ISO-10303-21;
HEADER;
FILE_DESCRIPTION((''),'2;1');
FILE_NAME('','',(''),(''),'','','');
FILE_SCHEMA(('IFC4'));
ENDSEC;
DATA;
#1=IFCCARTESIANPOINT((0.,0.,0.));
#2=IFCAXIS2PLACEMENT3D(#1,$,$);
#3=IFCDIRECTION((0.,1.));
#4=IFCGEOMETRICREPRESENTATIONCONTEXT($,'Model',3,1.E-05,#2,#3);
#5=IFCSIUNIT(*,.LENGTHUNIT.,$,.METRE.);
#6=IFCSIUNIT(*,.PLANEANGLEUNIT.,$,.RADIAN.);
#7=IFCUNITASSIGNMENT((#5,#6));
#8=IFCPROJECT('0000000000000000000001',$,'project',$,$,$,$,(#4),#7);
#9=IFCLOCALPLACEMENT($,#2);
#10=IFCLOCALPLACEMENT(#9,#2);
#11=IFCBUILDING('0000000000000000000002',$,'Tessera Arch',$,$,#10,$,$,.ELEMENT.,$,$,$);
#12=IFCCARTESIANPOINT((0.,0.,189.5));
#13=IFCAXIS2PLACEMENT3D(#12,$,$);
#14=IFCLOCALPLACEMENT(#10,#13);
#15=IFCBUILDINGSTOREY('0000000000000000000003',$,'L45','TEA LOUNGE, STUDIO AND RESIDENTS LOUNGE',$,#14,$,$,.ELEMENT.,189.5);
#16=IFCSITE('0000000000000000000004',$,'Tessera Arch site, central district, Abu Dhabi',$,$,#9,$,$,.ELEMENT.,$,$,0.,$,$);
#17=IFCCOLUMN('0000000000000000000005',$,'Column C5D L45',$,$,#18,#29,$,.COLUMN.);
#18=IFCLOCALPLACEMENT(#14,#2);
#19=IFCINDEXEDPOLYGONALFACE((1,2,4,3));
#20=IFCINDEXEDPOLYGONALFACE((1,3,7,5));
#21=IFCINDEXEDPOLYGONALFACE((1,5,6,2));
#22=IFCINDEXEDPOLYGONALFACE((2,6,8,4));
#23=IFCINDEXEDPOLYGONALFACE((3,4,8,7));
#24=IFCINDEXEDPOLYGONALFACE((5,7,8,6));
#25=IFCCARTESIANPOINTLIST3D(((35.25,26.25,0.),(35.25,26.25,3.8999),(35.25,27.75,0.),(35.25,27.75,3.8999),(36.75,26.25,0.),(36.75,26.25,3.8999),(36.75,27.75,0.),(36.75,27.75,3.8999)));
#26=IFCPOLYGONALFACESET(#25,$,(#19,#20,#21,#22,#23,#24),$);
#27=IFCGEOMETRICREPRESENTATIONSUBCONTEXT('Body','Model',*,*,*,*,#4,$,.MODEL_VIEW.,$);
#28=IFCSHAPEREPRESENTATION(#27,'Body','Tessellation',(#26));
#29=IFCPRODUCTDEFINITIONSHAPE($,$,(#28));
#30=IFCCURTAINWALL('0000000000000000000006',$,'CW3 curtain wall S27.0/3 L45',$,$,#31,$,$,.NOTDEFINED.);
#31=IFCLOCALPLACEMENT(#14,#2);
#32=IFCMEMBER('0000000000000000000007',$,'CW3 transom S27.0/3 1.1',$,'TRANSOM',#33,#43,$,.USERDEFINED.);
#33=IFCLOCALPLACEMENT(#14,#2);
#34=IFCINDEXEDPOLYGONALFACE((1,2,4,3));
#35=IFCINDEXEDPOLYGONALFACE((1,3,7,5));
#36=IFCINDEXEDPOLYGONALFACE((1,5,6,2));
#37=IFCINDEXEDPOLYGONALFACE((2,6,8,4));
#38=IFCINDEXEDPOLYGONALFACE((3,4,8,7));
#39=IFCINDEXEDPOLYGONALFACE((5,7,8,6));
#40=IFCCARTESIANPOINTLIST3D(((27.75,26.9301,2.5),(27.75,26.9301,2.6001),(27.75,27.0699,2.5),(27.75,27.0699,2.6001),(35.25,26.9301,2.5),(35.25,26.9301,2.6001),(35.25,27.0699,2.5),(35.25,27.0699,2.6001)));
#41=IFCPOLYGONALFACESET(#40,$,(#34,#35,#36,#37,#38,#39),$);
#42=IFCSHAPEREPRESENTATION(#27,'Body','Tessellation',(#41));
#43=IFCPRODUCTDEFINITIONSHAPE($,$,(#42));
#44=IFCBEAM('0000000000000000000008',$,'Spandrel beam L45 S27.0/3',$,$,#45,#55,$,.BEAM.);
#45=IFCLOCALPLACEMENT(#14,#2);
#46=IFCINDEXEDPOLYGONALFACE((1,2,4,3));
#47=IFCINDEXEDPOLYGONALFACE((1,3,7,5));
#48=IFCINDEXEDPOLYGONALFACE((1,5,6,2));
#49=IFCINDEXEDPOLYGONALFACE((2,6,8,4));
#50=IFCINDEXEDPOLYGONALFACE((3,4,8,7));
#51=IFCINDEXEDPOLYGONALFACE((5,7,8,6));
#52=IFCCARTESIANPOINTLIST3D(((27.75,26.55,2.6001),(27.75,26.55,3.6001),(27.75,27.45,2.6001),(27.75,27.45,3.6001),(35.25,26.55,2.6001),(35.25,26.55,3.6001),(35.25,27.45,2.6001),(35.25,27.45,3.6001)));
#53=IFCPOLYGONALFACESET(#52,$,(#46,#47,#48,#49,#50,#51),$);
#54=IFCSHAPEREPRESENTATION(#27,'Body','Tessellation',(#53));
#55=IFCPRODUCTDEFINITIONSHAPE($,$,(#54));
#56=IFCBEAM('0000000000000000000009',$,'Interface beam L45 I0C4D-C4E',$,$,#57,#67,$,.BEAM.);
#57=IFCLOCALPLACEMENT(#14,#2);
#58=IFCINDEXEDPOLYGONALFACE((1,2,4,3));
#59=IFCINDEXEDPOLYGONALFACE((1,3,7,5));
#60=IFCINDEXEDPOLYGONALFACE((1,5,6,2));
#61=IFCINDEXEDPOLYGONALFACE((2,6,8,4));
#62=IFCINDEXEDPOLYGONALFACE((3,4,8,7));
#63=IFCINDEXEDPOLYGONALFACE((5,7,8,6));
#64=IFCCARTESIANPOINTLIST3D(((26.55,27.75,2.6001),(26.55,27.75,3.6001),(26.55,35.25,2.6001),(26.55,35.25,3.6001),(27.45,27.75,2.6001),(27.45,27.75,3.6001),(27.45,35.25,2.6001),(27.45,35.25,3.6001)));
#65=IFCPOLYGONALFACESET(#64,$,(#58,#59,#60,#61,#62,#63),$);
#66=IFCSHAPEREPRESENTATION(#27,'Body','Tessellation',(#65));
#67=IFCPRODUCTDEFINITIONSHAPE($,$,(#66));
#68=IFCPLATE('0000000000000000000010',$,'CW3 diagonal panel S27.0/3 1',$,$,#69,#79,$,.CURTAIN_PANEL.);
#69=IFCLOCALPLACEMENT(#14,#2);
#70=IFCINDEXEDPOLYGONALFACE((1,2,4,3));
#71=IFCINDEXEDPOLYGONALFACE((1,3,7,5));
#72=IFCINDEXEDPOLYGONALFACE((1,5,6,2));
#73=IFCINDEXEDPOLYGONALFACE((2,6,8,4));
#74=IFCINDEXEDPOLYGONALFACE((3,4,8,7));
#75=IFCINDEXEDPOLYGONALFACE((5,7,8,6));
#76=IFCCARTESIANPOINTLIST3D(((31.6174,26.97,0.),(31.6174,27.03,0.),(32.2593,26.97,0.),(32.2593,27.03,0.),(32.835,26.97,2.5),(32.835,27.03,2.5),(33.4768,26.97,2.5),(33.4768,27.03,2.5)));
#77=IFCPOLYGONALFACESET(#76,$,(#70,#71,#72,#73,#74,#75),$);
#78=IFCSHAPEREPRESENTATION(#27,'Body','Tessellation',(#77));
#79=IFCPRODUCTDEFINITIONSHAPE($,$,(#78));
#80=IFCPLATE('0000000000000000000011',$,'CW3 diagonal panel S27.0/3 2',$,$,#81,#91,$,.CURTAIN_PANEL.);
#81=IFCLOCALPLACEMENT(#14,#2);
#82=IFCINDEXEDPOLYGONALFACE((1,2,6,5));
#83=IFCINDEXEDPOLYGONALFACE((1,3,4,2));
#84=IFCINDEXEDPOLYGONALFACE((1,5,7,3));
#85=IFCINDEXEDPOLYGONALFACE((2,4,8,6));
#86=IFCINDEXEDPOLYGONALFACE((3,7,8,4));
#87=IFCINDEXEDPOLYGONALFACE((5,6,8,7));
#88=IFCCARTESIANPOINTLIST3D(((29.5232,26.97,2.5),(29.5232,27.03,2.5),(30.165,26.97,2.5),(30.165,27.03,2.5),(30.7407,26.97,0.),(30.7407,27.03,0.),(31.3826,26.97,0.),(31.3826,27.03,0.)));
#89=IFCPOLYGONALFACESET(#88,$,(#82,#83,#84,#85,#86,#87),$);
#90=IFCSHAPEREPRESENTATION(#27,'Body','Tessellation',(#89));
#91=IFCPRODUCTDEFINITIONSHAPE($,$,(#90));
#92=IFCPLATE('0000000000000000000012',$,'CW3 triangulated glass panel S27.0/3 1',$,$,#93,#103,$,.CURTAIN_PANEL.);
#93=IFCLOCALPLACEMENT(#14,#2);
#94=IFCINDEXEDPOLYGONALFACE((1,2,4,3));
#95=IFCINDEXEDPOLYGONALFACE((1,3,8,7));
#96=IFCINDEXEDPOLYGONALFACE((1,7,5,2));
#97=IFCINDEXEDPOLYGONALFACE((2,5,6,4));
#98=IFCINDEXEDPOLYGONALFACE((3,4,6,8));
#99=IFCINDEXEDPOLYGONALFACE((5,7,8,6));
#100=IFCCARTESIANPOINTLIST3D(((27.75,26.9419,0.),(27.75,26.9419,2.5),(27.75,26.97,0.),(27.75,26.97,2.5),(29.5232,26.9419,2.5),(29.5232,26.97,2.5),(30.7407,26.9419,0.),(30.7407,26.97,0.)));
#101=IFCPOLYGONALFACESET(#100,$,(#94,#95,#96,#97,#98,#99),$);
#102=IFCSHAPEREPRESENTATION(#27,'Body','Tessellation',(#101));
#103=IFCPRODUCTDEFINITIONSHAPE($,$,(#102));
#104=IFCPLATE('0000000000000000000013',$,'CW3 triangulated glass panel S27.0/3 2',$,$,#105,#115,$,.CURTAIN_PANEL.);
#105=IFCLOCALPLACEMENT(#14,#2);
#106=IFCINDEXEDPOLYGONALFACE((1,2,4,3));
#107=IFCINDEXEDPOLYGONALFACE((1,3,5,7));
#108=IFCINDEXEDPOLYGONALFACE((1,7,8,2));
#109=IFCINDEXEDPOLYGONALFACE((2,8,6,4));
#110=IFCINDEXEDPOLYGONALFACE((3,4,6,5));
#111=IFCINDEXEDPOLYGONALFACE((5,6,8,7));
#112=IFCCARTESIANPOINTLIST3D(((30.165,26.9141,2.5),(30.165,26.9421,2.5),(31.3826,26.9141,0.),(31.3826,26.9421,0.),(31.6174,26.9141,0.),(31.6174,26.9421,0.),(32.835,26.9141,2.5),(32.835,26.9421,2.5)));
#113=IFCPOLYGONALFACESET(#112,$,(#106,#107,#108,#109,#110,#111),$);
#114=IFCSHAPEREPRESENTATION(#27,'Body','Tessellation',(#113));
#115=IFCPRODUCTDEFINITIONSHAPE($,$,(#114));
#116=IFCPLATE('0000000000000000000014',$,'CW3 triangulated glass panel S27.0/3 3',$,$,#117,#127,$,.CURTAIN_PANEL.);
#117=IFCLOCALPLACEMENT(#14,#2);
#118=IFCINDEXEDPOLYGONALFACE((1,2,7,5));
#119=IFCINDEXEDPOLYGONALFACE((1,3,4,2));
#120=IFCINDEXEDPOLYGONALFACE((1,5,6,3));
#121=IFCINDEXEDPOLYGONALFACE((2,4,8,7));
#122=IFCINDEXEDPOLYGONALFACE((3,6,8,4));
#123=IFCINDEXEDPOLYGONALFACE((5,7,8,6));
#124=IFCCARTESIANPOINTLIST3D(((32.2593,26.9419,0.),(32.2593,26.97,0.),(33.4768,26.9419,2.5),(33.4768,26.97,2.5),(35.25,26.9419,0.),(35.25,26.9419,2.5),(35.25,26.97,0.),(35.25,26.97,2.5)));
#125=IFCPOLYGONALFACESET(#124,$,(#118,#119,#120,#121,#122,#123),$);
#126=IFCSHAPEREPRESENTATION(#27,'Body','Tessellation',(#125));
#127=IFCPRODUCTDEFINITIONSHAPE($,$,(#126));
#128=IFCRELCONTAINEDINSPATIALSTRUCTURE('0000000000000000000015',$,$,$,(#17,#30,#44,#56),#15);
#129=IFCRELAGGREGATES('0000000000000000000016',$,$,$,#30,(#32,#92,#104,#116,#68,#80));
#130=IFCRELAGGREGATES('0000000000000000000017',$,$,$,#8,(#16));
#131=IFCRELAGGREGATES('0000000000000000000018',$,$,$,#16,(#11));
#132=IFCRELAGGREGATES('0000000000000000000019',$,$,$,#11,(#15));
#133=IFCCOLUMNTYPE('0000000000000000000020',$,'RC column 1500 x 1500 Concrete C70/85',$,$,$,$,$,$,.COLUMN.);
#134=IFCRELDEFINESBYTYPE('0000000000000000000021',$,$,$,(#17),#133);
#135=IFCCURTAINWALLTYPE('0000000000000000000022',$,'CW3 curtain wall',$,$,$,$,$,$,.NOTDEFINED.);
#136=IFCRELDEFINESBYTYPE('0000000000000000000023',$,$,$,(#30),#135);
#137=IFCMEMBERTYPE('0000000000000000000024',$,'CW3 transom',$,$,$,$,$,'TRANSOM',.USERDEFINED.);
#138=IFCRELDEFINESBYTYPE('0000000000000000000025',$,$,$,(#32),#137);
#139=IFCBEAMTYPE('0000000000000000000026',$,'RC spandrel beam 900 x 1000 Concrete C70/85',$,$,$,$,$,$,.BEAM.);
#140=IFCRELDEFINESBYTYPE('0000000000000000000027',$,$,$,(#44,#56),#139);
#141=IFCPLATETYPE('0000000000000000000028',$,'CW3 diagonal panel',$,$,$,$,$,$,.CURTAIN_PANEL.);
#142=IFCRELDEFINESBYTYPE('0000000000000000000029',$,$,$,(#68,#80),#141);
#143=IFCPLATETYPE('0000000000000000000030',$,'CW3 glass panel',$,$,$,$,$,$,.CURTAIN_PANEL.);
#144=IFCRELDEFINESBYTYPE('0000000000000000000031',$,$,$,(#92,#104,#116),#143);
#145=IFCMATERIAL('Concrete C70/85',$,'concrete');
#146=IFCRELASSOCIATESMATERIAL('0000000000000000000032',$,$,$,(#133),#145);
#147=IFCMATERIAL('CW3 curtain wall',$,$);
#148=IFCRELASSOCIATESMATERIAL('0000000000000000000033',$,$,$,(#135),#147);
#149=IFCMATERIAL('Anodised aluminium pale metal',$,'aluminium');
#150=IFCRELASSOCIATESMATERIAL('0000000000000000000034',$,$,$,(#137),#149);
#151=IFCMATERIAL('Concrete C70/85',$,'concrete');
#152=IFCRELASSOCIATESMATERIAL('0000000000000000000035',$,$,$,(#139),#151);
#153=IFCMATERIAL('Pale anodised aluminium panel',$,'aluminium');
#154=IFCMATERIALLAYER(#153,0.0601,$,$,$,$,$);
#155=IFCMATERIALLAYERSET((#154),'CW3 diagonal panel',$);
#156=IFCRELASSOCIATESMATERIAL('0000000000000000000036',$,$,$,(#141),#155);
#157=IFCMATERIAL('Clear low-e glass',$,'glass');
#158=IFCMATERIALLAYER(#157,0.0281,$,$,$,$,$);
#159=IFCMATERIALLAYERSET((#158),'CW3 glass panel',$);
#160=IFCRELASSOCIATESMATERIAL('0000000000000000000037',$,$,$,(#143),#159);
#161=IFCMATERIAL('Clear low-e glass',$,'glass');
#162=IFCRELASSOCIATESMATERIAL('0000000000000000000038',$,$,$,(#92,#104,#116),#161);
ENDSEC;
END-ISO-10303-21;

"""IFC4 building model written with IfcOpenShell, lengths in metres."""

from ifc_helpers import new_model, si_unit, direction, frame, origin, origin_2d, place, context, subcontext, project, spatial, polyline, rectangle, outline, extrude, material, layer, layer_set, material_profile, profile_set, type_object, element, aggregate, save


model = new_model("IFC4")

# Units and contexts
model_context = context("Model", 3, precision=1e-05, world=origin(), true_north=direction((0.0, 1.0)))
body_context = subcontext(model_context, "Body", "Model", "MODEL_VIEW")
ifc_project = project(units=[si_unit("LENGTHUNIT", "METRE"), si_unit("PLANEANGLEUNIT", "RADIAN")], contexts=[model_context])

# Site, building, storey
site_placement = place(None, origin())
site = spatial("IfcSite", under=ifc_project, at=site_placement, Name="Tessera Arch site, central district, Abu Dhabi", CompositionType="ELEMENT", RefElevation=0.0)
building_placement = place(site_placement, origin())
building = spatial("IfcBuilding", under=site, at=building_placement, Name="Tessera Arch", CompositionType="ELEMENT")
storey_placement = place(building_placement, frame((0.0, 0.0, 189.5)))
storey = spatial("IfcBuildingStorey", under=building, at=storey_placement, Name="L45", Description="TEA LOUNGE, STUDIO AND RESIDENTS LOUNGE", CompositionType="ELEMENT", Elevation=189.5)

# Column
ifc_material_1 = material(Name="Concrete C70/85", Category="concrete")
ifc_material_profile_1 = material_profile(ifc_material_1, rectangle(XDim=1.5, YDim=1.5, at=origin_2d()), Name="RC column 1500 x 1500 Concrete C70/85")
ifc_profile_set_1 = profile_set([ifc_material_profile_1], Name="Concrete C70/85")
column_type = type_object("IfcColumnType", Name="RC column 1500 x 1500 Concrete C70/85", PredefinedType="COLUMN", material=ifc_profile_set_1)
column_placement = place(storey_placement, frame((36.0, 27.0, 0.0), z_axis=(0.0, 0.0, 1.0), x_axis=(1.0, 0.0, 0.0)))
element("IfcColumn", 1, at=column_placement, inside=storey, type_object=column_type, Name="Column C5D L45", PredefinedType="COLUMN", context=body_context, shape_type="SweptSolid", body=[
    extrude(rectangle(XDim=1.5, YDim=1.5, at=origin_2d()), origin(), (0.0, 0.0, 1.0), 3.8999),
])

# Curtain wall, member
ifc_material_2 = material(Name="CW3 curtain wall")
curtain_wall_type = type_object("IfcCurtainWallType", Name="CW3 curtain wall", PredefinedType="NOTDEFINED", material=ifc_material_2)
curtain_wall_placement = place(storey_placement, origin())
curtain_wall = element("IfcCurtainWall", 2, at=curtain_wall_placement, inside=storey, type_object=curtain_wall_type, Name="CW3 curtain wall S27.0/3 L45", PredefinedType="NOTDEFINED")
ifc_material_3 = material(Name="Anodised aluminium pale metal", Category="aluminium")
ifc_material_profile_2 = material_profile(ifc_material_3, rectangle(XDim=0.1399, YDim=0.1001, at=origin_2d()), Name="AL 140x100")
ifc_profile_set_2 = profile_set([ifc_material_profile_2], Name="Anodised aluminium pale metal")
member_type = type_object("IfcMemberType", Name="CW3 transom", ElementType="TRANSOM", PredefinedType="USERDEFINED", material=ifc_profile_set_2)
member_placement = place(storey_placement, frame((27.75, 27.0, 2.55), z_axis=(1.0, 0.0, 0.0), x_axis=(0.0, 1.0, 0.0)))
member = element("IfcMember", 3, at=member_placement, type_object=member_type, Name="CW3 transom S27.0/3 1.1", ObjectType="TRANSOM", PredefinedType="USERDEFINED", context=body_context, shape_type="SweptSolid", body=[
    extrude(rectangle(XDim=0.1399, YDim=0.1001, at=origin_2d()), origin(), (0.0, 0.0, 1.0), 7.5),
])

# Beams
ifc_material_4 = material(Name="Concrete C70/85", Category="concrete")
ifc_material_profile_3 = material_profile(ifc_material_4, rectangle(XDim=0.8999, YDim=1.0, at=origin_2d()), Name="RC spandrel beam 900 x 1000 Concrete C70/85")
ifc_profile_set_3 = profile_set([ifc_material_profile_3], Name="Concrete C70/85")
beam_type = type_object("IfcBeamType", Name="RC spandrel beam 900 x 1000 Concrete C70/85", PredefinedType="BEAM", material=ifc_profile_set_3)
for number, where, z_axis, x_axis, name in (
    (4, (27.75, 27.0, 3.1001), (1.0, 0.0, 0.0), (0.0, 1.0, 0.0), "Spandrel beam L45 S27.0/3"),
    (5, (27.0, 27.75, 3.1001), (0.0, 1.0, 0.0), (-1.0, 0.0, 0.0), "Interface beam L45 I0C4D-C4E"),
):
    element("IfcBeam", number, at=place(storey_placement, frame(where, z_axis=z_axis, x_axis=x_axis)), inside=storey, type_object=beam_type, Name=name, PredefinedType="BEAM", context=body_context, shape_type="SweptSolid", body=[
        extrude(rectangle(XDim=0.8999, YDim=1.0, at=origin_2d()), origin(), (0.0, 0.0, 1.0), 7.5),
    ])

# Plates
ifc_material_5 = material(Name="Pale anodised aluminium panel", Category="aluminium")
ifc_layer_1 = layer(ifc_material_5, 0.0601)
ifc_layer_set_1 = layer_set([ifc_layer_1], Name="CW3 diagonal panel")
plate_type_1 = type_object("IfcPlateType", Name="CW3 diagonal panel", PredefinedType="CURTAIN_PANEL", material=ifc_layer_set_1)
plate_1_placement = place(storey_placement, frame((33.4768, 26.97, 2.5), z_axis=(0.0, -1.0, 0.0), x_axis=(-1.0, 0.0, 0.0)))
plate_1 = element("IfcPlate", 6, at=plate_1_placement, type_object=plate_type_1, Name="CW3 diagonal panel S27.0/3 1", PredefinedType="CURTAIN_PANEL", context=body_context, shape_type="SweptSolid", body=[
    extrude(outline(polyline([(0.0, 0.0), (0.6418, 0.0), (1.8594, 2.5), (1.2175, 2.5), (0.0, 0.0)])), origin(), (0.0, 0.0, -1.0), 0.0601),
])
plate_2_placement = place(storey_placement, frame((30.165, 26.97, 2.5), z_axis=(0.0, -1.0, 0.0), x_axis=(-1.0, 0.0, 0.0)))
plate_2 = element("IfcPlate", 7, at=plate_2_placement, type_object=plate_type_1, Name="CW3 diagonal panel S27.0/3 2", PredefinedType="CURTAIN_PANEL", context=body_context, shape_type="SweptSolid", body=[
    extrude(outline(polyline([(0.0, 0.0), (0.6418, 0.0), (-0.5757, 2.5), (-1.2175, 2.5), (0.0, 0.0)])), origin(), (0.0, 0.0, -1.0), 0.0601),
])
ifc_material_6 = material(Name="Clear low-e glass", Category="glass")
ifc_material_7 = material(Name="Clear low-e glass", Category="glass")
ifc_layer_2 = layer(ifc_material_7, 0.0281)
ifc_layer_set_2 = layer_set([ifc_layer_2], Name="CW3 glass panel")
plate_type_2 = type_object("IfcPlateType", Name="CW3 glass panel", PredefinedType="CURTAIN_PANEL", material=ifc_layer_set_2)
plate_3_placement = place(storey_placement, frame((27.75, 26.9419, 0.0), z_axis=(0.0, -1.0, 0.0), x_axis=(1.0, 0.0, 0.0)))
plate_3 = element("IfcPlate", 8, at=plate_3_placement, type_object=plate_type_2, material=ifc_material_6, Name="CW3 triangulated glass panel S27.0/3 1", PredefinedType="CURTAIN_PANEL", context=body_context, shape_type="SweptSolid", body=[
    extrude(outline(polyline([(0.0, 0.0), (2.9907, 0.0), (1.7732, 2.5), (0.0, 2.5), (0.0, 0.0)])), origin(), (0.0, 0.0, -1.0), 0.0281),
])
plate_4_placement = place(storey_placement, frame((32.835, 26.9141, 2.5), z_axis=(0.0, -1.0, 0.0), x_axis=(-1.0, 0.0, 0.0)))
plate_4 = element("IfcPlate", 9, at=plate_4_placement, type_object=plate_type_2, material=ifc_material_6, Name="CW3 triangulated glass panel S27.0/3 2", PredefinedType="CURTAIN_PANEL", context=body_context, shape_type="SweptSolid", body=[
    extrude(outline(polyline([(0.0, 0.0), (2.6699, 0.0), (1.4524, 2.5), (1.2175, 2.5), (0.0, 0.0)])), origin(), (0.0, 0.0, -1.0), 0.0281),
])
plate_5_placement = place(storey_placement, frame((35.25, 26.9419, 2.5), z_axis=(0.0, -1.0, 0.0), x_axis=(-1.0, 0.0, 0.0)))
plate_5 = element("IfcPlate", 10, at=plate_5_placement, type_object=plate_type_2, material=ifc_material_6, Name="CW3 triangulated glass panel S27.0/3 3", PredefinedType="CURTAIN_PANEL", context=body_context, shape_type="SweptSolid", body=[
    extrude(outline(polyline([(0.0, 0.0), (1.7732, 0.0), (2.9907, 2.5), (0.0, 2.5), (0.0, 0.0)])), origin(), (0.0, 0.0, -1.0), 0.0281),
])
aggregate(curtain_wall, [member, plate_3, plate_4, plate_5, plate_1, plate_2])

save(model, "model.ifc")
